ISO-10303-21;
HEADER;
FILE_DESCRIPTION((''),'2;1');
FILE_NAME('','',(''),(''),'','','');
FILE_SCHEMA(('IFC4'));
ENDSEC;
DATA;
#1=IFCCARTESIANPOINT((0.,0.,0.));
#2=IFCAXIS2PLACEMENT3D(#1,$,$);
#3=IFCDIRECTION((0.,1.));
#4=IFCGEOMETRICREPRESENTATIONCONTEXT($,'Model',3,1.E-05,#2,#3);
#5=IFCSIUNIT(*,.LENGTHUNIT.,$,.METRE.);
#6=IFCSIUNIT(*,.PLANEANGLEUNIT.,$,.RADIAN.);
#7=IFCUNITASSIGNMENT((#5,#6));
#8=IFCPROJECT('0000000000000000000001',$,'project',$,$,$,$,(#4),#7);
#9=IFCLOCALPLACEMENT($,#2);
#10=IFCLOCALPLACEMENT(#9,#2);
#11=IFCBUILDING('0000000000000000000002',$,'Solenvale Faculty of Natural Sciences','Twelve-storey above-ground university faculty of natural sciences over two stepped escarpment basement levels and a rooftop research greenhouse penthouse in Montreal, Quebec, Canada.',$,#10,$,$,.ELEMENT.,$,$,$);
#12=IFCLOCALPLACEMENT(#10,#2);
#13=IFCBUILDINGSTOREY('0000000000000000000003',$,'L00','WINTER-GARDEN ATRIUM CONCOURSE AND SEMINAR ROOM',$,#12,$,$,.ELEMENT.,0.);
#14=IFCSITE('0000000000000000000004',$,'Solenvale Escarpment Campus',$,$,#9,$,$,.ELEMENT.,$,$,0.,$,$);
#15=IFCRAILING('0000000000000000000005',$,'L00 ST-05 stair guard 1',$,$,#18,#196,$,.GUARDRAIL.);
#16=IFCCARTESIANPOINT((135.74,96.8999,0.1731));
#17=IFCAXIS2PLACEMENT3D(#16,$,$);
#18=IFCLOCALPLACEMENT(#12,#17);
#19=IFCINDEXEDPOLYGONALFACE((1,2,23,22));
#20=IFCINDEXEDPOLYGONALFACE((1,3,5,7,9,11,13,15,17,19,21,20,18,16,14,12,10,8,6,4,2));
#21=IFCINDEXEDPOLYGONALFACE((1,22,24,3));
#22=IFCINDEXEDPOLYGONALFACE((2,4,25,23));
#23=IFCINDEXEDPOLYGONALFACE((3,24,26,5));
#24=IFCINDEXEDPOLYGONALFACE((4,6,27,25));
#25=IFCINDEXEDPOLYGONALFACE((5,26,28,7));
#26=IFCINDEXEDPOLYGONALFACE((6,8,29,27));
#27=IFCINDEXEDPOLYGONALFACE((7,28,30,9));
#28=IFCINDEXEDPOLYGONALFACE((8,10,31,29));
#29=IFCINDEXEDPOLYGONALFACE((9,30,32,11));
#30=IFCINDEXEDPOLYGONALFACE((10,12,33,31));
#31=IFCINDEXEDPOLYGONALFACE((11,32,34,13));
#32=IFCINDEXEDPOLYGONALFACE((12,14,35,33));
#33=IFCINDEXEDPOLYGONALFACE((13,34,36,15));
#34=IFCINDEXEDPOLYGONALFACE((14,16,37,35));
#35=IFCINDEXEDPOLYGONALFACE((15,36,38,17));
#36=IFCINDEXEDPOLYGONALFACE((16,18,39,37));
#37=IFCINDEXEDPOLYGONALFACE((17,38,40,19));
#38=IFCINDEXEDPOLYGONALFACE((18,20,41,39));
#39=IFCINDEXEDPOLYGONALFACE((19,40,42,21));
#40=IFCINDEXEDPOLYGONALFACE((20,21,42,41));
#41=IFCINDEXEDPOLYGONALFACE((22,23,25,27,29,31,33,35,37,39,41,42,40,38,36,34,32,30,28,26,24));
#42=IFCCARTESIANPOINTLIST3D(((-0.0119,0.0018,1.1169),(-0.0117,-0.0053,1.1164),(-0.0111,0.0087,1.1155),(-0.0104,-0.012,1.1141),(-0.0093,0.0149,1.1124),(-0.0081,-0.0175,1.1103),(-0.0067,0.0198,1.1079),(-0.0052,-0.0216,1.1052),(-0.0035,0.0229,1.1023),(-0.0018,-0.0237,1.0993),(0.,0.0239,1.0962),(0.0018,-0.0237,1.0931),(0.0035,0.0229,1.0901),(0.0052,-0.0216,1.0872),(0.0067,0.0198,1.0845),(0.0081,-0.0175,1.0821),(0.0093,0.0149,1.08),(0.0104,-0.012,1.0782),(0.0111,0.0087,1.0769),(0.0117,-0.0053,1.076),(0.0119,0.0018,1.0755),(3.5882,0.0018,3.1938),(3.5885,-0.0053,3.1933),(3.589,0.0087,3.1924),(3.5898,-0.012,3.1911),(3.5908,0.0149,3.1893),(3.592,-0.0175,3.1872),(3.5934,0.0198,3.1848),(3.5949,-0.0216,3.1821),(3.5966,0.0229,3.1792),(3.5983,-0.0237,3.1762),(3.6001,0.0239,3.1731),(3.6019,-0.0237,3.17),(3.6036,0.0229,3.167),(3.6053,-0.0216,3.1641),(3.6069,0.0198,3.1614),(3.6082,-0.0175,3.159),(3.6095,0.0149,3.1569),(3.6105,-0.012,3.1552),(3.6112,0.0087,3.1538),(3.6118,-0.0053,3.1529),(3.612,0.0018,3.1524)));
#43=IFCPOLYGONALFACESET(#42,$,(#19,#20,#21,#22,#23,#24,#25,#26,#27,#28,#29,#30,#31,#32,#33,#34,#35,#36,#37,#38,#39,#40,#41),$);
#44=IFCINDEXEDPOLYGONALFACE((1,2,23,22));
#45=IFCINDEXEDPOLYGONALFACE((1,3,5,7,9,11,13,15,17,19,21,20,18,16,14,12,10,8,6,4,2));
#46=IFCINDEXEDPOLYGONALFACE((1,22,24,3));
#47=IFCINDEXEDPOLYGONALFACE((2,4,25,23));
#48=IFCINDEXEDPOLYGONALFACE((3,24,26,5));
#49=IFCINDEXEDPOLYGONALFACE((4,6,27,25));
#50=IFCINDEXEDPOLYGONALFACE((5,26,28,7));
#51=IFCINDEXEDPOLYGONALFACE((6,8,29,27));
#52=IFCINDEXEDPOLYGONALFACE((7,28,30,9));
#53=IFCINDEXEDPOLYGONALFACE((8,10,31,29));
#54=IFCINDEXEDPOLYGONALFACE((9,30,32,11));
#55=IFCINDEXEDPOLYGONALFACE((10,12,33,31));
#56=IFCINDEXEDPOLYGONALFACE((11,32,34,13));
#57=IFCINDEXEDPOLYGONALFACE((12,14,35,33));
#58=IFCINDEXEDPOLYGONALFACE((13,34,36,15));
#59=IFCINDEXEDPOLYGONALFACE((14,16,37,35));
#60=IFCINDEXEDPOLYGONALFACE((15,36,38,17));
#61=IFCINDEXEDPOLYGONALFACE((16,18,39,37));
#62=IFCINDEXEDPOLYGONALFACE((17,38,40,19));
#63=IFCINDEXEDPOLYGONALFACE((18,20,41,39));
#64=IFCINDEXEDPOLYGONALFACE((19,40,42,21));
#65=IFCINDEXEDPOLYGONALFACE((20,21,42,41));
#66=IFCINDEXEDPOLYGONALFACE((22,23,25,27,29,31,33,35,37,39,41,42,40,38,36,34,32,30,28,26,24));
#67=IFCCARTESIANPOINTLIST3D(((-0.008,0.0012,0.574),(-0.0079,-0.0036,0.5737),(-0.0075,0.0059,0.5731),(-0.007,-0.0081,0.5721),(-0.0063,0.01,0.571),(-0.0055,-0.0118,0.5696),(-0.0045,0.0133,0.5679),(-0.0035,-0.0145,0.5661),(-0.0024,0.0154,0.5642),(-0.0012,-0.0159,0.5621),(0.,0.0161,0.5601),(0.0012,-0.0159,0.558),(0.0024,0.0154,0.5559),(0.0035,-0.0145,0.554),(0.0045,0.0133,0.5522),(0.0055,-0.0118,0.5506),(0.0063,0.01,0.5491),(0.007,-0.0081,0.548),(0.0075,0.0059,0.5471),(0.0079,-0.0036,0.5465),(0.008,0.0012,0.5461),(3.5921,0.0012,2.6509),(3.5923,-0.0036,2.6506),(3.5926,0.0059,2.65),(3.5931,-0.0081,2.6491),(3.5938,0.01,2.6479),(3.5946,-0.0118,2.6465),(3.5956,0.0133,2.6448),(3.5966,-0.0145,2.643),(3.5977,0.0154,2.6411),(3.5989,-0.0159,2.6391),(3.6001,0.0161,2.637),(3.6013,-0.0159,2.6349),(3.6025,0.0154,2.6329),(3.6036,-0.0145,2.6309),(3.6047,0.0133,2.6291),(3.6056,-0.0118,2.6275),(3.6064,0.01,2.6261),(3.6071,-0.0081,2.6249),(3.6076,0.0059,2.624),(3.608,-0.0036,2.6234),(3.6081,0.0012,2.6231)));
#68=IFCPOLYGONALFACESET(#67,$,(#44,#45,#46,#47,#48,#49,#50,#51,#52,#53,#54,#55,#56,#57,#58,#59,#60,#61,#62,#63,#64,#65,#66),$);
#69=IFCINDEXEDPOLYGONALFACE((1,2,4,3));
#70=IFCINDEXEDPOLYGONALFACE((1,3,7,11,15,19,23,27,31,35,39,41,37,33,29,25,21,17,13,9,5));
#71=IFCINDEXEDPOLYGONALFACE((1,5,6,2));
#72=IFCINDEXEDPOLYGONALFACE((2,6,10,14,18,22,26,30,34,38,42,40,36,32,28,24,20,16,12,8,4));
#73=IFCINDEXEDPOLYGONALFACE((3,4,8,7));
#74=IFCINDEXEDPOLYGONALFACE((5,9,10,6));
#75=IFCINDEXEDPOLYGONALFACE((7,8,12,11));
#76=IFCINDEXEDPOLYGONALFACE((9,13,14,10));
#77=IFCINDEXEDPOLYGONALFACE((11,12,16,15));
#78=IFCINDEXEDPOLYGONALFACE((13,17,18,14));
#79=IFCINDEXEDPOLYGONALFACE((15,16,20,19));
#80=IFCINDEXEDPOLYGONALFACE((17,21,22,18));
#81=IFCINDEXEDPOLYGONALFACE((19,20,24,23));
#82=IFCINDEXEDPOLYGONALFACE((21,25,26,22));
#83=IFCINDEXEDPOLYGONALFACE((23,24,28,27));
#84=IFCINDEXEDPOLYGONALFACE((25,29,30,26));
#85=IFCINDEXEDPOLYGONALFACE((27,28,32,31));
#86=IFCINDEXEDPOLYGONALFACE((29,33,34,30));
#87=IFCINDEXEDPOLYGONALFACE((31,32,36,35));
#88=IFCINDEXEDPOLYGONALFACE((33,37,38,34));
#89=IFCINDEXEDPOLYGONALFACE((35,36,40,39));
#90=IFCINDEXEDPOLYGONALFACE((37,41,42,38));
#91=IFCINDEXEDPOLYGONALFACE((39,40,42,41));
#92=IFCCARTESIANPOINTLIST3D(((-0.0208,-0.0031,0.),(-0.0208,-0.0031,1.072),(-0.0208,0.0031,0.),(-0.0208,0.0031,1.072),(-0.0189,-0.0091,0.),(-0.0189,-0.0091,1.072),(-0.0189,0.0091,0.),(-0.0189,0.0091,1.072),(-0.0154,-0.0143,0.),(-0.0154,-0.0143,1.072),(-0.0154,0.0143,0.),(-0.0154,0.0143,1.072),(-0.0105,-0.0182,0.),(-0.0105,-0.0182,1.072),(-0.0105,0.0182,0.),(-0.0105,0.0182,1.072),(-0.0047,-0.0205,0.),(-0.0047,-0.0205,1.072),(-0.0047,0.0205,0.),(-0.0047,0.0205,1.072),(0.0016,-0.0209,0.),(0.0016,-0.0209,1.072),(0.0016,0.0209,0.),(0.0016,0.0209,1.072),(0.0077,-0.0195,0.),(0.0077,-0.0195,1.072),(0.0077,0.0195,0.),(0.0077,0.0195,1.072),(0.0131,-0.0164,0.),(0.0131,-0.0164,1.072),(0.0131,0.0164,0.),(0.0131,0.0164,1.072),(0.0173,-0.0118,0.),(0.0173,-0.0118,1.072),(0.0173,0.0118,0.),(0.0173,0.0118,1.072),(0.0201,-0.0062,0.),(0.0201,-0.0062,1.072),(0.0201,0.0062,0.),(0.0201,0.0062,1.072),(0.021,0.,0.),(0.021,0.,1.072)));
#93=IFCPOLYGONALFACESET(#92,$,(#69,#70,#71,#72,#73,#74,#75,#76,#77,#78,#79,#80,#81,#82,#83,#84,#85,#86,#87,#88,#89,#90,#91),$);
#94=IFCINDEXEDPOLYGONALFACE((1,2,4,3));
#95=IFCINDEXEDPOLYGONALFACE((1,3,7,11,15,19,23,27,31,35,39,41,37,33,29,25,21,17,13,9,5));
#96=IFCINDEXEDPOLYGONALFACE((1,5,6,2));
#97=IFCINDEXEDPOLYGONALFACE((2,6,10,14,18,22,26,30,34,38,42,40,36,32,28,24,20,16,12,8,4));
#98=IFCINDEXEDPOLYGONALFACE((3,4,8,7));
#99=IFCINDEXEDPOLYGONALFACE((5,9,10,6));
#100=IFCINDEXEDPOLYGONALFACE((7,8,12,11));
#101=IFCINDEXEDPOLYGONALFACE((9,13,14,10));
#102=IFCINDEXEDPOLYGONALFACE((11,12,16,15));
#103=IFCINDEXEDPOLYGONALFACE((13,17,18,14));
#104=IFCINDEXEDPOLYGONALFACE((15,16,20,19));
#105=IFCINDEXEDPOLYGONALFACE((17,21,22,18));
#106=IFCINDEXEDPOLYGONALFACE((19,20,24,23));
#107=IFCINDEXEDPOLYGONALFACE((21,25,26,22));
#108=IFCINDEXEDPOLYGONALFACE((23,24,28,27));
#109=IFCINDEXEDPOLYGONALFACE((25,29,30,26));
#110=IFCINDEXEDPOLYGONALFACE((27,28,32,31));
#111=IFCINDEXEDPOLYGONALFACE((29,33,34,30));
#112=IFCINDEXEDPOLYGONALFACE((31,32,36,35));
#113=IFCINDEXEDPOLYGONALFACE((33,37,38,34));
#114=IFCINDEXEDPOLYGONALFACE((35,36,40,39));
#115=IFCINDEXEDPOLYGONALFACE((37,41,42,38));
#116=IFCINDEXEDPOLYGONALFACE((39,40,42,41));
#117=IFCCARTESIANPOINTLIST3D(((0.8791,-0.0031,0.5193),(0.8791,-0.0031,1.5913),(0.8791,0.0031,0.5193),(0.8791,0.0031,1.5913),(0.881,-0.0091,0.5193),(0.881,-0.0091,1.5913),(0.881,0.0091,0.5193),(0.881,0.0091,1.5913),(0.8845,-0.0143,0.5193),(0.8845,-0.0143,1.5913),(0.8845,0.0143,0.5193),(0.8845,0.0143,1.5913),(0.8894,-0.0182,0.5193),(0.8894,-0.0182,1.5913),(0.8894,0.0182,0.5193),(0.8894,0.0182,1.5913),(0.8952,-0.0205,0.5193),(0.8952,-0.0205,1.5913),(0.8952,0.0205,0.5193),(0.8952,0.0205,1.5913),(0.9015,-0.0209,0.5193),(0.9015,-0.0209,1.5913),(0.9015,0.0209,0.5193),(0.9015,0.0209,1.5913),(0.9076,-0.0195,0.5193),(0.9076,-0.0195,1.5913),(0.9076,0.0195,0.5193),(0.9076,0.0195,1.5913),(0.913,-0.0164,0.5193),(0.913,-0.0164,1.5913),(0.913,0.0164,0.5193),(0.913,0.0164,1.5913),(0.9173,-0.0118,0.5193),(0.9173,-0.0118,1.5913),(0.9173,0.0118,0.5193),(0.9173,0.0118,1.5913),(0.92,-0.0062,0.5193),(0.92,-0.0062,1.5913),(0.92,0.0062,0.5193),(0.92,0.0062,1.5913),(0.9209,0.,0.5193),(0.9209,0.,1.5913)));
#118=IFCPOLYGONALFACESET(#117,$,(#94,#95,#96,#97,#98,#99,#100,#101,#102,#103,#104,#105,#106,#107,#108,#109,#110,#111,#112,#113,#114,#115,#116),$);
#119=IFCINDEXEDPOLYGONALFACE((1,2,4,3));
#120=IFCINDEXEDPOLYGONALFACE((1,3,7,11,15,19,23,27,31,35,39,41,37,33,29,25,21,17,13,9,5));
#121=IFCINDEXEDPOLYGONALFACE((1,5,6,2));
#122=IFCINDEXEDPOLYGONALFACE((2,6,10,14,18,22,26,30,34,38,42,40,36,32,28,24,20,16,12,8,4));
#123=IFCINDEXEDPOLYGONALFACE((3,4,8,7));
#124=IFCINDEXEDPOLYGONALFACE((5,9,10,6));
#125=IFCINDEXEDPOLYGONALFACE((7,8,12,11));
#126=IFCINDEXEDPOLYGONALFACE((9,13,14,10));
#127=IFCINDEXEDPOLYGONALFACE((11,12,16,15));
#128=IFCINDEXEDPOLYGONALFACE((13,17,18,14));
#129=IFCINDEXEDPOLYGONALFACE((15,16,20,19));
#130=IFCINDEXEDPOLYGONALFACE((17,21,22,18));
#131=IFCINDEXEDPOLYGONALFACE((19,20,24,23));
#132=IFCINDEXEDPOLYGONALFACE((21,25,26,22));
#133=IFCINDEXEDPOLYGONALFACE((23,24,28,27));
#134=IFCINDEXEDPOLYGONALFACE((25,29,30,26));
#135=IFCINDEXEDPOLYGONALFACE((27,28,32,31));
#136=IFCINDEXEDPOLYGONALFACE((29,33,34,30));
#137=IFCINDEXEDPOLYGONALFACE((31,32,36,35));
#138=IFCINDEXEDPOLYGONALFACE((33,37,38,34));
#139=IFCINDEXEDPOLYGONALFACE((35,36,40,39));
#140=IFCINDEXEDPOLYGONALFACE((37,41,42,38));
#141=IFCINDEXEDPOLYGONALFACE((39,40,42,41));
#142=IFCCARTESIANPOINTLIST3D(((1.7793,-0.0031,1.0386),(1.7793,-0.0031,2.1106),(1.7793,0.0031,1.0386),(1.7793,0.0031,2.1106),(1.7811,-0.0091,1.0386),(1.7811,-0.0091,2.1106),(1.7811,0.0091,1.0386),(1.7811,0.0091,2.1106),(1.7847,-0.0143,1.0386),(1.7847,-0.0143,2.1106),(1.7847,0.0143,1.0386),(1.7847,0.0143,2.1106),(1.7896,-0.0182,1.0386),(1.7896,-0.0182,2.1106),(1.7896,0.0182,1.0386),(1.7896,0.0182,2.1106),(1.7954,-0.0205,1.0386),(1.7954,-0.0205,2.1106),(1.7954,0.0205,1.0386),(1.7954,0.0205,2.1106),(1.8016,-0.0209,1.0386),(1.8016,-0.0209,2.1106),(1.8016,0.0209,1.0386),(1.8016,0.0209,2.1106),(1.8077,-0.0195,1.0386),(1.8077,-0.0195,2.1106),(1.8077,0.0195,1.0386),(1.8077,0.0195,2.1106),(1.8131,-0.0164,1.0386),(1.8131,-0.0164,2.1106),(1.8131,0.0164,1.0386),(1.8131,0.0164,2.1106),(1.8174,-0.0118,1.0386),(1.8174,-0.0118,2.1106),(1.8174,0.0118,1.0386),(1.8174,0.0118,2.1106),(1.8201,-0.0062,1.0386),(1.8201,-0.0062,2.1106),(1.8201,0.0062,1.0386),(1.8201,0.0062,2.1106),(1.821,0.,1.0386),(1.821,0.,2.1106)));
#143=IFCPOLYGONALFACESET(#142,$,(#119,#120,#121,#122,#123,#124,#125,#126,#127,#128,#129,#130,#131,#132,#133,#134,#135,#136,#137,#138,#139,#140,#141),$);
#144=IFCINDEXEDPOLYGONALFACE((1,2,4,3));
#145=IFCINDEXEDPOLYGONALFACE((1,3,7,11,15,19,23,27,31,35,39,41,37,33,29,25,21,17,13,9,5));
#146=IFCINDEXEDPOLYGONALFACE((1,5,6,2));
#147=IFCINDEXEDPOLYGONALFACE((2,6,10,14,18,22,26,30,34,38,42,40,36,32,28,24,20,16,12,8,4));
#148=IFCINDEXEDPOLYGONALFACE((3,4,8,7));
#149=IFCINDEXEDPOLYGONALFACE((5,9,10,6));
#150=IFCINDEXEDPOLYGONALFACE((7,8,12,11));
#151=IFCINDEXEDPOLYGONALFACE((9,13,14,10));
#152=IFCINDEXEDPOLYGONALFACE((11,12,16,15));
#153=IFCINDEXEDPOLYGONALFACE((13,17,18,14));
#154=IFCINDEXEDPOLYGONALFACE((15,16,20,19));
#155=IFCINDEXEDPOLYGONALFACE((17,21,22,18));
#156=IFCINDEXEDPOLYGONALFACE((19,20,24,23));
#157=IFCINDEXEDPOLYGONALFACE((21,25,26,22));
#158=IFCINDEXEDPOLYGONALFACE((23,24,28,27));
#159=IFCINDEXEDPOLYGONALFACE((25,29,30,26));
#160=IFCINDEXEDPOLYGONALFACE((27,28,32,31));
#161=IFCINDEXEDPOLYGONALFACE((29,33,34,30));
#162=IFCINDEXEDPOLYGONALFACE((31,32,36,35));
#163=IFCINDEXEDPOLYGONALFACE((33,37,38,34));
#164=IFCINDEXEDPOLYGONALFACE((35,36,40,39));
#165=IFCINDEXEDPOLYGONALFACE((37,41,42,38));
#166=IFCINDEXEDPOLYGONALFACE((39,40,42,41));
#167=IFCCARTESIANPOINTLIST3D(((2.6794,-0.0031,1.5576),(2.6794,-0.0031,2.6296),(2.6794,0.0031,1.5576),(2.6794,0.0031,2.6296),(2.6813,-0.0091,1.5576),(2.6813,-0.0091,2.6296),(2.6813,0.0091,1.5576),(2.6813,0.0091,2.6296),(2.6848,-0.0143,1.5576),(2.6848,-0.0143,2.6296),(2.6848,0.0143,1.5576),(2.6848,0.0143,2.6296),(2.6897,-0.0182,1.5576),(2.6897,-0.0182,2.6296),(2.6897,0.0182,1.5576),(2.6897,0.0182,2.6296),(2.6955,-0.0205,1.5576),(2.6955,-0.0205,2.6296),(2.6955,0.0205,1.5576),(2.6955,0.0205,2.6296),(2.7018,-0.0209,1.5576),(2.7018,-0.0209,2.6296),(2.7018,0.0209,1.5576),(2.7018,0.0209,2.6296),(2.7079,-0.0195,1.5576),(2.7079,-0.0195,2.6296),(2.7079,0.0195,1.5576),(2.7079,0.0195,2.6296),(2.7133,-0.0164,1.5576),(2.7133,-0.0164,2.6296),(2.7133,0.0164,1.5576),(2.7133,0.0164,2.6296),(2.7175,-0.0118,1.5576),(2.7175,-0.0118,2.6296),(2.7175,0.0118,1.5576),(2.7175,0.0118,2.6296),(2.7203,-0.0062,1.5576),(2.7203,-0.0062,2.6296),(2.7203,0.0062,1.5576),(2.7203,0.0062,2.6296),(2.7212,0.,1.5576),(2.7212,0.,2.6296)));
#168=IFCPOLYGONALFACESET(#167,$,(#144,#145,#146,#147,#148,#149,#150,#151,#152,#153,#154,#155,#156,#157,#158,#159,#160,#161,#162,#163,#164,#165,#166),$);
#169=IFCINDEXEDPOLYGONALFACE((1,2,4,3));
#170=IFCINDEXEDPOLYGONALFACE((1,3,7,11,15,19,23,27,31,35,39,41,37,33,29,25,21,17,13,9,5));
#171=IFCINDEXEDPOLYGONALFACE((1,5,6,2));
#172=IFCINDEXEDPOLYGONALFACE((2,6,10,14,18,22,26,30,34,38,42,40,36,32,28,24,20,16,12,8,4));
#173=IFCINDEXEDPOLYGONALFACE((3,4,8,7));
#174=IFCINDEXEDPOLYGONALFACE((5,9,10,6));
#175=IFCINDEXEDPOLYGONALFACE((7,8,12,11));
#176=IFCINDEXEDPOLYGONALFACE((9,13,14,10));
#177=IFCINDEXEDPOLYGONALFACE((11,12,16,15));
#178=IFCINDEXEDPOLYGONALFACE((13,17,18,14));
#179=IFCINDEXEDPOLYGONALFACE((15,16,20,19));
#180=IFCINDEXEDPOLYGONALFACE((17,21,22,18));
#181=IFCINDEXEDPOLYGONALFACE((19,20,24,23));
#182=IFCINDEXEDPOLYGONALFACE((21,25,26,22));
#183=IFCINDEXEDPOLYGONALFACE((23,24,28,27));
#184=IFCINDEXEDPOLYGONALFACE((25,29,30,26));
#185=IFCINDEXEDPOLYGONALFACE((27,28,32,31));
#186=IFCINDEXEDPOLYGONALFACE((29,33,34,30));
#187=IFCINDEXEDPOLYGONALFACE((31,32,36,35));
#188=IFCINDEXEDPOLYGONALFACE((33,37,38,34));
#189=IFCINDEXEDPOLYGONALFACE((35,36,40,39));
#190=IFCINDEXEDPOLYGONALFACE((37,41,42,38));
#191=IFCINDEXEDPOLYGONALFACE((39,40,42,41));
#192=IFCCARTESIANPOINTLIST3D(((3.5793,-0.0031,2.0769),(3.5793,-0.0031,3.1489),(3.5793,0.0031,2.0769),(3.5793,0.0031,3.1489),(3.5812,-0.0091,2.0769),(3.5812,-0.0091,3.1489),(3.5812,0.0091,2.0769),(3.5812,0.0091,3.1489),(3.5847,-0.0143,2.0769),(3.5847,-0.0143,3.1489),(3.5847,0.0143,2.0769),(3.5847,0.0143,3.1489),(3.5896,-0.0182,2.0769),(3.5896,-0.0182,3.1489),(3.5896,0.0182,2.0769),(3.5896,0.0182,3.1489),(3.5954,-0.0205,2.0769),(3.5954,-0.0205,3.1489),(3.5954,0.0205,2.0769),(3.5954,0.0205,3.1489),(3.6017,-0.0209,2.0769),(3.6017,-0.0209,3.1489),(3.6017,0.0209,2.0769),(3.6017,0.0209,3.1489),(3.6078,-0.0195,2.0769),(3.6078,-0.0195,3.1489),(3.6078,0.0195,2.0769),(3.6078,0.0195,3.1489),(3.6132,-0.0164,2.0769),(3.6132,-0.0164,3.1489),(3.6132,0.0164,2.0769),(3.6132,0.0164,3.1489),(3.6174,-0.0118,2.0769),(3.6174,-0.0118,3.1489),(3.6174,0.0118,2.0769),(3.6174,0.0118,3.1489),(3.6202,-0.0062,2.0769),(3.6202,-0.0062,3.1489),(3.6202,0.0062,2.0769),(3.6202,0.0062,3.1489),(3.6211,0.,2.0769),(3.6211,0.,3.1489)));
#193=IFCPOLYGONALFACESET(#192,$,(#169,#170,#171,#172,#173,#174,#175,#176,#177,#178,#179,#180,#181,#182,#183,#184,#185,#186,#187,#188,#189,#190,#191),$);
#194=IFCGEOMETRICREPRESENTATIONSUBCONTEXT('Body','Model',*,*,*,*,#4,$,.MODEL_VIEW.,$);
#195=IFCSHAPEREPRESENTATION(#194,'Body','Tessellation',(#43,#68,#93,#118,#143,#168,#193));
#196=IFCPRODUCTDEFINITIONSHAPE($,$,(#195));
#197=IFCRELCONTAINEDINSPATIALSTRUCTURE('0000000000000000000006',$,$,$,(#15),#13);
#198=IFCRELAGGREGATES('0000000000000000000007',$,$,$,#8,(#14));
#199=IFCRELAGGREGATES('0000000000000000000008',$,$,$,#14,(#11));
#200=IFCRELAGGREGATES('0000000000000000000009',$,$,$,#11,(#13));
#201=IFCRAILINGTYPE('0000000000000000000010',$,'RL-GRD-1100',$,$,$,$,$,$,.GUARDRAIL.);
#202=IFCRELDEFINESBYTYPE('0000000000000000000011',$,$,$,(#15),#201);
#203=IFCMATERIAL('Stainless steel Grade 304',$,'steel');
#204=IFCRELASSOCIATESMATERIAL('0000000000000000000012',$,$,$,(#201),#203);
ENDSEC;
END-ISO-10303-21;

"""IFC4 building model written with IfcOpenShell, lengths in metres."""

from ifc_helpers import new_model, si_unit, direction, frame, origin, origin_2d, place, context, subcontext, project, spatial, circle, extrude, material, type_object, element, save


model = new_model("IFC4")

# Units and contexts
model_context = context("Model", 3, precision=1e-05, world=origin(), true_north=direction((0.0, 1.0)))
body_context = subcontext(model_context, "Body", "Model", "MODEL_VIEW")
ifc_project = project(units=[si_unit("LENGTHUNIT", "METRE"), si_unit("PLANEANGLEUNIT", "RADIAN")], contexts=[model_context])

# Site, building, storey
site_placement = place(None, origin())
site = spatial("IfcSite", under=ifc_project, at=site_placement, Name="Solenvale Escarpment Campus", CompositionType="ELEMENT", RefElevation=0.0)
building_placement = place(site_placement, origin())
building = spatial("IfcBuilding", under=site, at=building_placement, Name="Solenvale Faculty of Natural Sciences", Description="Twelve-storey above-ground university faculty of natural sciences over two stepped escarpment basement levels and a rooftop research greenhouse penthouse in Montreal, Quebec, Canada.", CompositionType="ELEMENT")
storey_placement = place(building_placement, origin())
storey = spatial("IfcBuildingStorey", under=building, at=storey_placement, Name="L00", Description="WINTER-GARDEN ATRIUM CONCOURSE AND SEMINAR ROOM", CompositionType="ELEMENT", Elevation=0.0)

# Shared definitions
ifc_material_1 = material(Name="Stainless steel Grade 304", Category="steel")

# Railing
railing_type_1 = type_object("IfcRailingType", Name="RL-GRD-1100", PredefinedType="GUARDRAIL", material=ifc_material_1)
railing_1_placement = place(storey_placement, frame((135.74, 96.8999, 0.1731)))
element("IfcRailing", 1, at=railing_1_placement, inside=storey, type_object=railing_type_1, Name="L00 ST-05 stair guard 1", PredefinedType="GUARDRAIL", context=body_context, shape_type="SweptSolid", body=[
    extrude(circle(Radius=0.0239, at=origin_2d()), frame((0.0, 0.0, 1.0962), z_axis=(0.866193, 0.0, 0.499709), x_axis=(0.0, 1.0, 0.0)), (0.0, 0.0, 1.0), 4.1562),
    extrude(circle(Radius=0.0161, at=origin_2d()), frame((0.0, 0.0, 0.5601), z_axis=(0.866193, 0.0, 0.499709), x_axis=(0.0, 1.0, 0.0)), (0.0, 0.0, 1.0), 4.1562),
    extrude(circle(Radius=0.021, at=origin_2d()), origin(), (0.0, 0.0, 1.0), 1.072),
    extrude(circle(Radius=0.021, at=origin_2d()), frame((0.8999, 0.0, 0.5193)), (0.0, 0.0, 1.0), 1.072),
    extrude(circle(Radius=0.021, at=origin_2d()), frame((1.8, 0.0, 1.0386)), (0.0, 0.0, 1.0), 1.072),
    extrude(circle(Radius=0.021, at=origin_2d()), frame((2.7002, 0.0, 1.5576)), (0.0, 0.0, 1.0), 1.072),
    extrude(circle(Radius=0.021, at=origin_2d()), frame((3.6001, 0.0, 2.0769)), (0.0, 0.0, 1.0), 1.072),
])

save(model, "model.ifc")
